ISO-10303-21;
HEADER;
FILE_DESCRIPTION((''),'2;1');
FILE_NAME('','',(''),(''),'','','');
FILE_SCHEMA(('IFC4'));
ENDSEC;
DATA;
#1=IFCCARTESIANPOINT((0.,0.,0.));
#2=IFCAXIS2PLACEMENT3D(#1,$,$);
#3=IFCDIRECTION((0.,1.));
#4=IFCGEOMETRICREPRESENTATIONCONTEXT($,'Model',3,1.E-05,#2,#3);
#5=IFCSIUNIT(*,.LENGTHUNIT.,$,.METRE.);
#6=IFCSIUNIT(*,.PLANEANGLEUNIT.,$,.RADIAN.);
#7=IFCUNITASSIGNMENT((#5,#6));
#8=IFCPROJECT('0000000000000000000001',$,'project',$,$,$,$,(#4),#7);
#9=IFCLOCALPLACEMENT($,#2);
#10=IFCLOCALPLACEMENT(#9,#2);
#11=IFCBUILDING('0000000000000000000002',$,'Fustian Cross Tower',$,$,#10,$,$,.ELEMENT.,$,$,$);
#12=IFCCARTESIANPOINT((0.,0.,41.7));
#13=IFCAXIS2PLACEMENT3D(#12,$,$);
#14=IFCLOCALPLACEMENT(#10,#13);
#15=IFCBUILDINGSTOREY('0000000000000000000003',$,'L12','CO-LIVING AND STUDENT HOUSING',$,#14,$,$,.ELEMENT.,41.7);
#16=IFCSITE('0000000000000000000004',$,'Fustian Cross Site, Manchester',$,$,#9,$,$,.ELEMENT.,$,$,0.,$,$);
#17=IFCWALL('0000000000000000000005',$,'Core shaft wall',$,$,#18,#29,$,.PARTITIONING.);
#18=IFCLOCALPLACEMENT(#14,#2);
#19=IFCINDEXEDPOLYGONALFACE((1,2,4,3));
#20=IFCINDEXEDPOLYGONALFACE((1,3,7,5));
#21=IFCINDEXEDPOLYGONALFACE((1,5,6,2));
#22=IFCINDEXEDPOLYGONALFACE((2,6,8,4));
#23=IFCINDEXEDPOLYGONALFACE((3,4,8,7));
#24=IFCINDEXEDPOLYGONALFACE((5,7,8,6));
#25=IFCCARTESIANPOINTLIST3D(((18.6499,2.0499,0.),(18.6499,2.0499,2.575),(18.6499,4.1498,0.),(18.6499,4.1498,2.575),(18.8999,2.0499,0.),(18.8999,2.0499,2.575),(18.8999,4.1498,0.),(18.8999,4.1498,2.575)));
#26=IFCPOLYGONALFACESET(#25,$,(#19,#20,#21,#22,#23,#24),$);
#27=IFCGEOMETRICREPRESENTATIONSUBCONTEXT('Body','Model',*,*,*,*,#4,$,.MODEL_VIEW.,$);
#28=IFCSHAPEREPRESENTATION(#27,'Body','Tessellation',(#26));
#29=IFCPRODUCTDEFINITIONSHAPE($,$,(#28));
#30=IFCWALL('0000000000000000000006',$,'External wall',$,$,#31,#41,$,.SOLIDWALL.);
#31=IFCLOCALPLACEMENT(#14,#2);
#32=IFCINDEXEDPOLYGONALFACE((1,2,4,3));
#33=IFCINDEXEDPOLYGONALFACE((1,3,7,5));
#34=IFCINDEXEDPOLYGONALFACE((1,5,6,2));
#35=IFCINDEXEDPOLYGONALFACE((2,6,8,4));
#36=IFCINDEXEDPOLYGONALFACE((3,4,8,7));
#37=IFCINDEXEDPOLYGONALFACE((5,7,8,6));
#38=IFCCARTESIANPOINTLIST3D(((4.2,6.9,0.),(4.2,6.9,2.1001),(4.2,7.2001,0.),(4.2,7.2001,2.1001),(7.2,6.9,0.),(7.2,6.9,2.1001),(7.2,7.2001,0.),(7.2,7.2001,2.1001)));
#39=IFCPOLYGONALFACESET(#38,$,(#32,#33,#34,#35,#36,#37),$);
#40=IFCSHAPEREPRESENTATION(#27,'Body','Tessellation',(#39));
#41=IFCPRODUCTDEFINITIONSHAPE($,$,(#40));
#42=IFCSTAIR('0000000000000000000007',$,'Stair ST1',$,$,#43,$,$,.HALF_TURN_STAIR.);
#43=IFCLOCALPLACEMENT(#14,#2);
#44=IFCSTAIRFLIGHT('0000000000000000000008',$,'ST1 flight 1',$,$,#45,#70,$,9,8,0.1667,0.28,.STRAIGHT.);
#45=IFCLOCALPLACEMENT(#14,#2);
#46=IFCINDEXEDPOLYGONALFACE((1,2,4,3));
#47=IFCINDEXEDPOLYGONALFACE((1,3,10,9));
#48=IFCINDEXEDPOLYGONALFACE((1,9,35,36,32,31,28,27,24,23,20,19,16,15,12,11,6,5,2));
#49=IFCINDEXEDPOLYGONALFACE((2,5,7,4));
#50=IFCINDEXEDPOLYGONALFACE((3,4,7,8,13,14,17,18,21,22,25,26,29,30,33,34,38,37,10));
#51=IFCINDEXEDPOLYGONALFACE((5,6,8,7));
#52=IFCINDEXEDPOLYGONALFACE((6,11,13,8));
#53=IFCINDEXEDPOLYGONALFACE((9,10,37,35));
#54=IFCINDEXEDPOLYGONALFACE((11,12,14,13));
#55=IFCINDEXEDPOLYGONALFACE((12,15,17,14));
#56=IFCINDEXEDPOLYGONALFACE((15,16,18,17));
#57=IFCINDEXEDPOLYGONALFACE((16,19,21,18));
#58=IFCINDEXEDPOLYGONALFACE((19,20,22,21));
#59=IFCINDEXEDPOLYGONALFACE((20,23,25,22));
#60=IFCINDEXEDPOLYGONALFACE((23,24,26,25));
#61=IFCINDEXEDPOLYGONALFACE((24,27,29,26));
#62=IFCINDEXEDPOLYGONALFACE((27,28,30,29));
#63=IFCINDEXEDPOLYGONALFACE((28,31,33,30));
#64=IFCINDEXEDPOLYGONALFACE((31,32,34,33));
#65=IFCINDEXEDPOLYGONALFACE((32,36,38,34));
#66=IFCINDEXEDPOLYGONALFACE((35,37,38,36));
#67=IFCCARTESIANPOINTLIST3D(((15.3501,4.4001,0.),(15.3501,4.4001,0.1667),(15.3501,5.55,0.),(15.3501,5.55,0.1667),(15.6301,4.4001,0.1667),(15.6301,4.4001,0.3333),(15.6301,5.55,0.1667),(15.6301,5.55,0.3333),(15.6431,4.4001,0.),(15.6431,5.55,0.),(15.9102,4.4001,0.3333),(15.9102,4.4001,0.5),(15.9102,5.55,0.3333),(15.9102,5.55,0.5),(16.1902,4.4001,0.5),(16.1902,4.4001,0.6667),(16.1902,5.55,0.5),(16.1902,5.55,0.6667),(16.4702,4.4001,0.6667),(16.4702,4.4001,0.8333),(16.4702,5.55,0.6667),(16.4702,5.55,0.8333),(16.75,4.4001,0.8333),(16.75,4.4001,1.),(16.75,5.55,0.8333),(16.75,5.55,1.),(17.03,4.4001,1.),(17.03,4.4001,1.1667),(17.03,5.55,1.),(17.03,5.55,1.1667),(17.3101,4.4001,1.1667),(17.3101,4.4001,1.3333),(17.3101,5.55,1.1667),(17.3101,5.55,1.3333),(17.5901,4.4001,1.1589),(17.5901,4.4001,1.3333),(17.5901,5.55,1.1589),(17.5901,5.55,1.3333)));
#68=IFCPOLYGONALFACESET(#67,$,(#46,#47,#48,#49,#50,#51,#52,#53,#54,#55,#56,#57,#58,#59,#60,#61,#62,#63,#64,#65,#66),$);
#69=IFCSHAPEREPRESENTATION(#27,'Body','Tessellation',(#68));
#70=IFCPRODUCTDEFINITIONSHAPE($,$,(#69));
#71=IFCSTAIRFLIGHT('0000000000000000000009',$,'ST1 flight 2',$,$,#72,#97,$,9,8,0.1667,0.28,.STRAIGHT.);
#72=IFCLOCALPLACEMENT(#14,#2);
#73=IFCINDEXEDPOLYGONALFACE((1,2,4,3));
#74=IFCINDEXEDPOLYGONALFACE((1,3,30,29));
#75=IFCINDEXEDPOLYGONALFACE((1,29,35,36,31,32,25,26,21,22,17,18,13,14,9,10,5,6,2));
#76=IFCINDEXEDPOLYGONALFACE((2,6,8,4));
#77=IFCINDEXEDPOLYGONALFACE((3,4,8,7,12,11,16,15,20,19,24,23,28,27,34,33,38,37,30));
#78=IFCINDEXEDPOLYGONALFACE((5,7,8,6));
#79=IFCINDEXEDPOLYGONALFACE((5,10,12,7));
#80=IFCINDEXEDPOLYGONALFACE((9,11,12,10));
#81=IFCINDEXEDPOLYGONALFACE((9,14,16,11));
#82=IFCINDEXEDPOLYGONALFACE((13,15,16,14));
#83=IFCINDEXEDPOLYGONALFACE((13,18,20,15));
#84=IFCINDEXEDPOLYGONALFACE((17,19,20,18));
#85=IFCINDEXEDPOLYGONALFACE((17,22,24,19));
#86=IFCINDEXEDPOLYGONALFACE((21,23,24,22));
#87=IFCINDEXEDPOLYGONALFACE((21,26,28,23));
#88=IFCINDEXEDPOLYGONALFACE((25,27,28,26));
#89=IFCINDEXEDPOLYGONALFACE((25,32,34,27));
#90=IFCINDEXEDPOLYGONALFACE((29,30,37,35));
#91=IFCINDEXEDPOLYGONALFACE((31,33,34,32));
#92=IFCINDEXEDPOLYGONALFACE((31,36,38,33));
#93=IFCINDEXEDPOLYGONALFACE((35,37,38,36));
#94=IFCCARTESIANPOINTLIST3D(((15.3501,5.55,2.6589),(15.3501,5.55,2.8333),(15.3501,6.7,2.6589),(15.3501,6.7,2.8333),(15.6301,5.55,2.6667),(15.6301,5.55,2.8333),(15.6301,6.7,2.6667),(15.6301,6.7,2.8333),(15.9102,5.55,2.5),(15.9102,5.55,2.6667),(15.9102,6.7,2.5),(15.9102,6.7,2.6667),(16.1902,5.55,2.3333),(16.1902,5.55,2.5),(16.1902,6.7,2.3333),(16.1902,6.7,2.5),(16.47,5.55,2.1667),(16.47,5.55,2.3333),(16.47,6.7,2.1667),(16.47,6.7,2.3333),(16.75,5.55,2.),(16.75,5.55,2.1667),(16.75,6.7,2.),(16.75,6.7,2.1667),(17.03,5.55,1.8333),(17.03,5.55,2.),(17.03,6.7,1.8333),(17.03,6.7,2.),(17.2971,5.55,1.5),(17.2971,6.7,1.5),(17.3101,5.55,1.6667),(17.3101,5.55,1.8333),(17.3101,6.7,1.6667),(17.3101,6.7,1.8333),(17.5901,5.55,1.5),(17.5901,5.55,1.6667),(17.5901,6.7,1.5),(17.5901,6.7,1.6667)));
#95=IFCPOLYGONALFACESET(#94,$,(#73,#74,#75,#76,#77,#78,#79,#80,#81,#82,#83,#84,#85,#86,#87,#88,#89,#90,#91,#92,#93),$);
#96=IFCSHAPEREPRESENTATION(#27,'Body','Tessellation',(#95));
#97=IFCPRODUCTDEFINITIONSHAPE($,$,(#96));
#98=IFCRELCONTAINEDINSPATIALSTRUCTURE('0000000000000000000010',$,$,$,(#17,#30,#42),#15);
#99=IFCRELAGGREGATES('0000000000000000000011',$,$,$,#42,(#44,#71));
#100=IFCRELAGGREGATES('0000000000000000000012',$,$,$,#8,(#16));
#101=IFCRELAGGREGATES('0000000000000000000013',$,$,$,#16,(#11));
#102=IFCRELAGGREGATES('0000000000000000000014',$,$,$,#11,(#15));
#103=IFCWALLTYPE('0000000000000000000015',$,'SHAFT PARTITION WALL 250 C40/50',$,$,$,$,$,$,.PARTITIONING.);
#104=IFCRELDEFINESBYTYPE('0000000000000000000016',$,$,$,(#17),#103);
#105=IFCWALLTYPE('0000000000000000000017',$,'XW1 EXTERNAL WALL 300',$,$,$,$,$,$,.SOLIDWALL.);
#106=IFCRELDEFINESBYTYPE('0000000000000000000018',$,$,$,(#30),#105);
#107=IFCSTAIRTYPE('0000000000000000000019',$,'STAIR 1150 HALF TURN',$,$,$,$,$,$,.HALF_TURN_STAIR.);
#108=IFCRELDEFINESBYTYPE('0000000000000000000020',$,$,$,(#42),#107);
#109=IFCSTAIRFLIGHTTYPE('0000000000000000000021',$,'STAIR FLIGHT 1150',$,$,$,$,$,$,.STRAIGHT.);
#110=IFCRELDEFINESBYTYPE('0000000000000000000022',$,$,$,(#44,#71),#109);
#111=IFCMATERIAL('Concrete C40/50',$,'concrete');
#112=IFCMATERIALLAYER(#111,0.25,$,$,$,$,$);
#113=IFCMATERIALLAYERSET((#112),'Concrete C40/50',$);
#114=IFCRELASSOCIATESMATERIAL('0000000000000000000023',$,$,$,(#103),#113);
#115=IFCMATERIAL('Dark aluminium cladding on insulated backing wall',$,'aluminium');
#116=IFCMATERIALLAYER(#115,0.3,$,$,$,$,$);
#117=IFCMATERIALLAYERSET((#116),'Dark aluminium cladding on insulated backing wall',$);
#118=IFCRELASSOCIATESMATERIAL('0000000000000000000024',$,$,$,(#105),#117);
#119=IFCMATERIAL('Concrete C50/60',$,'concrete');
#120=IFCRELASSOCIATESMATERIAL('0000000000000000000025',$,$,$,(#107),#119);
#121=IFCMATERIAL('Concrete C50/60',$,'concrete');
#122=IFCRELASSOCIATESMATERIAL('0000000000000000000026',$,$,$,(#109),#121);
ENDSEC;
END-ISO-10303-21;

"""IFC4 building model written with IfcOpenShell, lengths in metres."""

from ifc_helpers import new_model, si_unit, direction, frame, frame_2d, origin, place, context, subcontext, project, spatial, polyline, rectangle, outline, extrude, material, layer, layer_set, type_object, element, aggregate, save


model = new_model("IFC4")

# Units and contexts
model_context = context("Model", 3, precision=1e-05, world=origin(), true_north=direction((0.0, 1.0)))
body_context = subcontext(model_context, "Body", "Model", "MODEL_VIEW")
ifc_project = project(units=[si_unit("LENGTHUNIT", "METRE"), si_unit("PLANEANGLEUNIT", "RADIAN")], contexts=[model_context])

# Site, building, storey
site_placement = place(None, origin())
site = spatial("IfcSite", under=ifc_project, at=site_placement, Name="Fustian Cross Site, Manchester", CompositionType="ELEMENT", RefElevation=0.0)
building_placement = place(site_placement, origin())
building = spatial("IfcBuilding", under=site, at=building_placement, Name="Fustian Cross Tower", CompositionType="ELEMENT")
storey_placement = place(building_placement, frame((0.0, 0.0, 41.7)))
storey = spatial("IfcBuildingStorey", under=building, at=storey_placement, Name="L12", Description="CO-LIVING AND STUDENT HOUSING", CompositionType="ELEMENT", Elevation=41.7)

# Walls
ifc_material_1 = material(Name="Concrete C40/50", Category="concrete")
ifc_layer_1 = layer(ifc_material_1, 0.25)
ifc_layer_set_1 = layer_set([ifc_layer_1], Name="Concrete C40/50")
wall_type_1 = type_object("IfcWallType", Name="SHAFT PARTITION WALL 250 C40/50", PredefinedType="PARTITIONING", material=ifc_layer_set_1)
wall_1_placement = place(storey_placement, frame((18.7749, 2.05, 0.0), z_axis=(0.0, 0.0, 1.0), x_axis=(0.0, 1.0, 0.0)))
element("IfcWall", 1, at=wall_1_placement, inside=storey, type_object=wall_type_1, Name="Core shaft wall", PredefinedType="PARTITIONING", context=body_context, shape_type="SweptSolid", body=[
    extrude(rectangle(XDim=2.0999, YDim=0.25, at=frame_2d((1.0498, 0.0))), origin(), (0.0, 0.0, 1.0), 2.575),
])
ifc_material_2 = material(Name="Dark aluminium cladding on insulated backing wall", Category="aluminium")
ifc_layer_2 = layer(ifc_material_2, 0.3)
ifc_layer_set_2 = layer_set([ifc_layer_2], Name="Dark aluminium cladding on insulated backing wall")
wall_type_2 = type_object("IfcWallType", Name="XW1 EXTERNAL WALL 300", PredefinedType="SOLIDWALL", material=ifc_layer_set_2)
wall_2_placement = place(storey_placement, frame((7.2, 7.05, 0.0), z_axis=(0.0, 0.0, 1.0), x_axis=(-1.0, 0.0, 0.0)))
element("IfcWall", 2, at=wall_2_placement, inside=storey, type_object=wall_type_2, Name="External wall", PredefinedType="SOLIDWALL", context=body_context, shape_type="SweptSolid", body=[
    extrude(rectangle(XDim=3.0, YDim=0.3, at=frame_2d((1.5, 0.0))), origin(), (0.0, 0.0, 1.0), 2.1001),
])

# Stair, stair flights
ifc_material_3 = material(Name="Concrete C50/60", Category="concrete")
stair_type = type_object("IfcStairType", Name="STAIR 1150 HALF TURN", PredefinedType="HALF_TURN_STAIR", material=ifc_material_3)
stair_placement = place(storey_placement, origin())
stair = element("IfcStair", 3, at=stair_placement, inside=storey, type_object=stair_type, Name="Stair ST1", PredefinedType="HALF_TURN_STAIR")
ifc_material_4 = material(Name="Concrete C50/60", Category="concrete")
stair_flight_type = type_object("IfcStairFlightType", Name="STAIR FLIGHT 1150", PredefinedType="STRAIGHT", material=ifc_material_4)
stair_flight_1_placement = place(storey_placement, frame((15.3501, 4.9751, 0.0), z_axis=(0.0, 0.0, 1.0), x_axis=(1.0, 0.0, 0.0)))
stair_flight_1 = element("IfcStairFlight", 4, at=stair_flight_1_placement, type_object=stair_flight_type, Name="ST1 flight 1", NumberOfRisers=9, NumberOfTreads=8, PredefinedType="STRAIGHT", RiserHeight=0.1667, TreadLength=0.28, context=body_context, shape_type="SweptSolid", body=[
    extrude(outline(polyline([(0.0, 0.0), (0.0, 0.1667), (0.28, 0.1667), (0.28, 0.3333), (0.5601, 0.3333), (0.5601, 0.5), (0.8401, 0.5), (0.8401, 0.6667), (1.1201, 0.6667), (1.1201, 0.8333), (1.3999, 0.8333), (1.3999, 1.0), (1.6799, 1.0), (1.6799, 1.1667), (1.96, 1.1667), (1.96, 1.3333), (2.24, 1.3333), (2.24, 1.5), (2.24, 1.1589), (0.293, 0.0), (0.0, 0.0)])), frame((0.0, 0.575, 0.0), z_axis=(0.0, -1.0, 0.0), x_axis=(1.0, 0.0, 0.0)), (0.0, 0.0, 1.0), 1.1499),
])
stair_flight_2_placement = place(storey_placement, frame((17.5901, 6.125, 1.5), z_axis=(0.0, 0.0, 1.0), x_axis=(-1.0, 0.0, 0.0)))
stair_flight_2 = element("IfcStairFlight", 5, at=stair_flight_2_placement, type_object=stair_flight_type, Name="ST1 flight 2", NumberOfRisers=9, NumberOfTreads=8, PredefinedType="STRAIGHT", RiserHeight=0.1667, TreadLength=0.28, context=body_context, shape_type="SweptSolid", body=[
    extrude(outline(polyline([(0.0, 0.0), (0.0, 0.1667), (0.28, 0.1667), (0.28, 0.3333), (0.5601, 0.3333), (0.5601, 0.5), (0.8401, 0.5), (0.8401, 0.6667), (1.1201, 0.6667), (1.1201, 0.8333), (1.3999, 0.8333), (1.3999, 1.0), (1.6799, 1.0), (1.6799, 1.1667), (1.96, 1.1667), (1.96, 1.3333), (2.24, 1.3333), (2.24, 1.5), (2.24, 1.1589), (0.293, 0.0), (0.0, 0.0)])), frame((0.0, 0.575, 0.0), z_axis=(0.0, -1.0, 0.0), x_axis=(1.0, 0.0, 0.0)), (0.0, 0.0, 1.0), 1.1499),
])
aggregate(stair, [stair_flight_1, stair_flight_2])

save(model, "model.ifc")
